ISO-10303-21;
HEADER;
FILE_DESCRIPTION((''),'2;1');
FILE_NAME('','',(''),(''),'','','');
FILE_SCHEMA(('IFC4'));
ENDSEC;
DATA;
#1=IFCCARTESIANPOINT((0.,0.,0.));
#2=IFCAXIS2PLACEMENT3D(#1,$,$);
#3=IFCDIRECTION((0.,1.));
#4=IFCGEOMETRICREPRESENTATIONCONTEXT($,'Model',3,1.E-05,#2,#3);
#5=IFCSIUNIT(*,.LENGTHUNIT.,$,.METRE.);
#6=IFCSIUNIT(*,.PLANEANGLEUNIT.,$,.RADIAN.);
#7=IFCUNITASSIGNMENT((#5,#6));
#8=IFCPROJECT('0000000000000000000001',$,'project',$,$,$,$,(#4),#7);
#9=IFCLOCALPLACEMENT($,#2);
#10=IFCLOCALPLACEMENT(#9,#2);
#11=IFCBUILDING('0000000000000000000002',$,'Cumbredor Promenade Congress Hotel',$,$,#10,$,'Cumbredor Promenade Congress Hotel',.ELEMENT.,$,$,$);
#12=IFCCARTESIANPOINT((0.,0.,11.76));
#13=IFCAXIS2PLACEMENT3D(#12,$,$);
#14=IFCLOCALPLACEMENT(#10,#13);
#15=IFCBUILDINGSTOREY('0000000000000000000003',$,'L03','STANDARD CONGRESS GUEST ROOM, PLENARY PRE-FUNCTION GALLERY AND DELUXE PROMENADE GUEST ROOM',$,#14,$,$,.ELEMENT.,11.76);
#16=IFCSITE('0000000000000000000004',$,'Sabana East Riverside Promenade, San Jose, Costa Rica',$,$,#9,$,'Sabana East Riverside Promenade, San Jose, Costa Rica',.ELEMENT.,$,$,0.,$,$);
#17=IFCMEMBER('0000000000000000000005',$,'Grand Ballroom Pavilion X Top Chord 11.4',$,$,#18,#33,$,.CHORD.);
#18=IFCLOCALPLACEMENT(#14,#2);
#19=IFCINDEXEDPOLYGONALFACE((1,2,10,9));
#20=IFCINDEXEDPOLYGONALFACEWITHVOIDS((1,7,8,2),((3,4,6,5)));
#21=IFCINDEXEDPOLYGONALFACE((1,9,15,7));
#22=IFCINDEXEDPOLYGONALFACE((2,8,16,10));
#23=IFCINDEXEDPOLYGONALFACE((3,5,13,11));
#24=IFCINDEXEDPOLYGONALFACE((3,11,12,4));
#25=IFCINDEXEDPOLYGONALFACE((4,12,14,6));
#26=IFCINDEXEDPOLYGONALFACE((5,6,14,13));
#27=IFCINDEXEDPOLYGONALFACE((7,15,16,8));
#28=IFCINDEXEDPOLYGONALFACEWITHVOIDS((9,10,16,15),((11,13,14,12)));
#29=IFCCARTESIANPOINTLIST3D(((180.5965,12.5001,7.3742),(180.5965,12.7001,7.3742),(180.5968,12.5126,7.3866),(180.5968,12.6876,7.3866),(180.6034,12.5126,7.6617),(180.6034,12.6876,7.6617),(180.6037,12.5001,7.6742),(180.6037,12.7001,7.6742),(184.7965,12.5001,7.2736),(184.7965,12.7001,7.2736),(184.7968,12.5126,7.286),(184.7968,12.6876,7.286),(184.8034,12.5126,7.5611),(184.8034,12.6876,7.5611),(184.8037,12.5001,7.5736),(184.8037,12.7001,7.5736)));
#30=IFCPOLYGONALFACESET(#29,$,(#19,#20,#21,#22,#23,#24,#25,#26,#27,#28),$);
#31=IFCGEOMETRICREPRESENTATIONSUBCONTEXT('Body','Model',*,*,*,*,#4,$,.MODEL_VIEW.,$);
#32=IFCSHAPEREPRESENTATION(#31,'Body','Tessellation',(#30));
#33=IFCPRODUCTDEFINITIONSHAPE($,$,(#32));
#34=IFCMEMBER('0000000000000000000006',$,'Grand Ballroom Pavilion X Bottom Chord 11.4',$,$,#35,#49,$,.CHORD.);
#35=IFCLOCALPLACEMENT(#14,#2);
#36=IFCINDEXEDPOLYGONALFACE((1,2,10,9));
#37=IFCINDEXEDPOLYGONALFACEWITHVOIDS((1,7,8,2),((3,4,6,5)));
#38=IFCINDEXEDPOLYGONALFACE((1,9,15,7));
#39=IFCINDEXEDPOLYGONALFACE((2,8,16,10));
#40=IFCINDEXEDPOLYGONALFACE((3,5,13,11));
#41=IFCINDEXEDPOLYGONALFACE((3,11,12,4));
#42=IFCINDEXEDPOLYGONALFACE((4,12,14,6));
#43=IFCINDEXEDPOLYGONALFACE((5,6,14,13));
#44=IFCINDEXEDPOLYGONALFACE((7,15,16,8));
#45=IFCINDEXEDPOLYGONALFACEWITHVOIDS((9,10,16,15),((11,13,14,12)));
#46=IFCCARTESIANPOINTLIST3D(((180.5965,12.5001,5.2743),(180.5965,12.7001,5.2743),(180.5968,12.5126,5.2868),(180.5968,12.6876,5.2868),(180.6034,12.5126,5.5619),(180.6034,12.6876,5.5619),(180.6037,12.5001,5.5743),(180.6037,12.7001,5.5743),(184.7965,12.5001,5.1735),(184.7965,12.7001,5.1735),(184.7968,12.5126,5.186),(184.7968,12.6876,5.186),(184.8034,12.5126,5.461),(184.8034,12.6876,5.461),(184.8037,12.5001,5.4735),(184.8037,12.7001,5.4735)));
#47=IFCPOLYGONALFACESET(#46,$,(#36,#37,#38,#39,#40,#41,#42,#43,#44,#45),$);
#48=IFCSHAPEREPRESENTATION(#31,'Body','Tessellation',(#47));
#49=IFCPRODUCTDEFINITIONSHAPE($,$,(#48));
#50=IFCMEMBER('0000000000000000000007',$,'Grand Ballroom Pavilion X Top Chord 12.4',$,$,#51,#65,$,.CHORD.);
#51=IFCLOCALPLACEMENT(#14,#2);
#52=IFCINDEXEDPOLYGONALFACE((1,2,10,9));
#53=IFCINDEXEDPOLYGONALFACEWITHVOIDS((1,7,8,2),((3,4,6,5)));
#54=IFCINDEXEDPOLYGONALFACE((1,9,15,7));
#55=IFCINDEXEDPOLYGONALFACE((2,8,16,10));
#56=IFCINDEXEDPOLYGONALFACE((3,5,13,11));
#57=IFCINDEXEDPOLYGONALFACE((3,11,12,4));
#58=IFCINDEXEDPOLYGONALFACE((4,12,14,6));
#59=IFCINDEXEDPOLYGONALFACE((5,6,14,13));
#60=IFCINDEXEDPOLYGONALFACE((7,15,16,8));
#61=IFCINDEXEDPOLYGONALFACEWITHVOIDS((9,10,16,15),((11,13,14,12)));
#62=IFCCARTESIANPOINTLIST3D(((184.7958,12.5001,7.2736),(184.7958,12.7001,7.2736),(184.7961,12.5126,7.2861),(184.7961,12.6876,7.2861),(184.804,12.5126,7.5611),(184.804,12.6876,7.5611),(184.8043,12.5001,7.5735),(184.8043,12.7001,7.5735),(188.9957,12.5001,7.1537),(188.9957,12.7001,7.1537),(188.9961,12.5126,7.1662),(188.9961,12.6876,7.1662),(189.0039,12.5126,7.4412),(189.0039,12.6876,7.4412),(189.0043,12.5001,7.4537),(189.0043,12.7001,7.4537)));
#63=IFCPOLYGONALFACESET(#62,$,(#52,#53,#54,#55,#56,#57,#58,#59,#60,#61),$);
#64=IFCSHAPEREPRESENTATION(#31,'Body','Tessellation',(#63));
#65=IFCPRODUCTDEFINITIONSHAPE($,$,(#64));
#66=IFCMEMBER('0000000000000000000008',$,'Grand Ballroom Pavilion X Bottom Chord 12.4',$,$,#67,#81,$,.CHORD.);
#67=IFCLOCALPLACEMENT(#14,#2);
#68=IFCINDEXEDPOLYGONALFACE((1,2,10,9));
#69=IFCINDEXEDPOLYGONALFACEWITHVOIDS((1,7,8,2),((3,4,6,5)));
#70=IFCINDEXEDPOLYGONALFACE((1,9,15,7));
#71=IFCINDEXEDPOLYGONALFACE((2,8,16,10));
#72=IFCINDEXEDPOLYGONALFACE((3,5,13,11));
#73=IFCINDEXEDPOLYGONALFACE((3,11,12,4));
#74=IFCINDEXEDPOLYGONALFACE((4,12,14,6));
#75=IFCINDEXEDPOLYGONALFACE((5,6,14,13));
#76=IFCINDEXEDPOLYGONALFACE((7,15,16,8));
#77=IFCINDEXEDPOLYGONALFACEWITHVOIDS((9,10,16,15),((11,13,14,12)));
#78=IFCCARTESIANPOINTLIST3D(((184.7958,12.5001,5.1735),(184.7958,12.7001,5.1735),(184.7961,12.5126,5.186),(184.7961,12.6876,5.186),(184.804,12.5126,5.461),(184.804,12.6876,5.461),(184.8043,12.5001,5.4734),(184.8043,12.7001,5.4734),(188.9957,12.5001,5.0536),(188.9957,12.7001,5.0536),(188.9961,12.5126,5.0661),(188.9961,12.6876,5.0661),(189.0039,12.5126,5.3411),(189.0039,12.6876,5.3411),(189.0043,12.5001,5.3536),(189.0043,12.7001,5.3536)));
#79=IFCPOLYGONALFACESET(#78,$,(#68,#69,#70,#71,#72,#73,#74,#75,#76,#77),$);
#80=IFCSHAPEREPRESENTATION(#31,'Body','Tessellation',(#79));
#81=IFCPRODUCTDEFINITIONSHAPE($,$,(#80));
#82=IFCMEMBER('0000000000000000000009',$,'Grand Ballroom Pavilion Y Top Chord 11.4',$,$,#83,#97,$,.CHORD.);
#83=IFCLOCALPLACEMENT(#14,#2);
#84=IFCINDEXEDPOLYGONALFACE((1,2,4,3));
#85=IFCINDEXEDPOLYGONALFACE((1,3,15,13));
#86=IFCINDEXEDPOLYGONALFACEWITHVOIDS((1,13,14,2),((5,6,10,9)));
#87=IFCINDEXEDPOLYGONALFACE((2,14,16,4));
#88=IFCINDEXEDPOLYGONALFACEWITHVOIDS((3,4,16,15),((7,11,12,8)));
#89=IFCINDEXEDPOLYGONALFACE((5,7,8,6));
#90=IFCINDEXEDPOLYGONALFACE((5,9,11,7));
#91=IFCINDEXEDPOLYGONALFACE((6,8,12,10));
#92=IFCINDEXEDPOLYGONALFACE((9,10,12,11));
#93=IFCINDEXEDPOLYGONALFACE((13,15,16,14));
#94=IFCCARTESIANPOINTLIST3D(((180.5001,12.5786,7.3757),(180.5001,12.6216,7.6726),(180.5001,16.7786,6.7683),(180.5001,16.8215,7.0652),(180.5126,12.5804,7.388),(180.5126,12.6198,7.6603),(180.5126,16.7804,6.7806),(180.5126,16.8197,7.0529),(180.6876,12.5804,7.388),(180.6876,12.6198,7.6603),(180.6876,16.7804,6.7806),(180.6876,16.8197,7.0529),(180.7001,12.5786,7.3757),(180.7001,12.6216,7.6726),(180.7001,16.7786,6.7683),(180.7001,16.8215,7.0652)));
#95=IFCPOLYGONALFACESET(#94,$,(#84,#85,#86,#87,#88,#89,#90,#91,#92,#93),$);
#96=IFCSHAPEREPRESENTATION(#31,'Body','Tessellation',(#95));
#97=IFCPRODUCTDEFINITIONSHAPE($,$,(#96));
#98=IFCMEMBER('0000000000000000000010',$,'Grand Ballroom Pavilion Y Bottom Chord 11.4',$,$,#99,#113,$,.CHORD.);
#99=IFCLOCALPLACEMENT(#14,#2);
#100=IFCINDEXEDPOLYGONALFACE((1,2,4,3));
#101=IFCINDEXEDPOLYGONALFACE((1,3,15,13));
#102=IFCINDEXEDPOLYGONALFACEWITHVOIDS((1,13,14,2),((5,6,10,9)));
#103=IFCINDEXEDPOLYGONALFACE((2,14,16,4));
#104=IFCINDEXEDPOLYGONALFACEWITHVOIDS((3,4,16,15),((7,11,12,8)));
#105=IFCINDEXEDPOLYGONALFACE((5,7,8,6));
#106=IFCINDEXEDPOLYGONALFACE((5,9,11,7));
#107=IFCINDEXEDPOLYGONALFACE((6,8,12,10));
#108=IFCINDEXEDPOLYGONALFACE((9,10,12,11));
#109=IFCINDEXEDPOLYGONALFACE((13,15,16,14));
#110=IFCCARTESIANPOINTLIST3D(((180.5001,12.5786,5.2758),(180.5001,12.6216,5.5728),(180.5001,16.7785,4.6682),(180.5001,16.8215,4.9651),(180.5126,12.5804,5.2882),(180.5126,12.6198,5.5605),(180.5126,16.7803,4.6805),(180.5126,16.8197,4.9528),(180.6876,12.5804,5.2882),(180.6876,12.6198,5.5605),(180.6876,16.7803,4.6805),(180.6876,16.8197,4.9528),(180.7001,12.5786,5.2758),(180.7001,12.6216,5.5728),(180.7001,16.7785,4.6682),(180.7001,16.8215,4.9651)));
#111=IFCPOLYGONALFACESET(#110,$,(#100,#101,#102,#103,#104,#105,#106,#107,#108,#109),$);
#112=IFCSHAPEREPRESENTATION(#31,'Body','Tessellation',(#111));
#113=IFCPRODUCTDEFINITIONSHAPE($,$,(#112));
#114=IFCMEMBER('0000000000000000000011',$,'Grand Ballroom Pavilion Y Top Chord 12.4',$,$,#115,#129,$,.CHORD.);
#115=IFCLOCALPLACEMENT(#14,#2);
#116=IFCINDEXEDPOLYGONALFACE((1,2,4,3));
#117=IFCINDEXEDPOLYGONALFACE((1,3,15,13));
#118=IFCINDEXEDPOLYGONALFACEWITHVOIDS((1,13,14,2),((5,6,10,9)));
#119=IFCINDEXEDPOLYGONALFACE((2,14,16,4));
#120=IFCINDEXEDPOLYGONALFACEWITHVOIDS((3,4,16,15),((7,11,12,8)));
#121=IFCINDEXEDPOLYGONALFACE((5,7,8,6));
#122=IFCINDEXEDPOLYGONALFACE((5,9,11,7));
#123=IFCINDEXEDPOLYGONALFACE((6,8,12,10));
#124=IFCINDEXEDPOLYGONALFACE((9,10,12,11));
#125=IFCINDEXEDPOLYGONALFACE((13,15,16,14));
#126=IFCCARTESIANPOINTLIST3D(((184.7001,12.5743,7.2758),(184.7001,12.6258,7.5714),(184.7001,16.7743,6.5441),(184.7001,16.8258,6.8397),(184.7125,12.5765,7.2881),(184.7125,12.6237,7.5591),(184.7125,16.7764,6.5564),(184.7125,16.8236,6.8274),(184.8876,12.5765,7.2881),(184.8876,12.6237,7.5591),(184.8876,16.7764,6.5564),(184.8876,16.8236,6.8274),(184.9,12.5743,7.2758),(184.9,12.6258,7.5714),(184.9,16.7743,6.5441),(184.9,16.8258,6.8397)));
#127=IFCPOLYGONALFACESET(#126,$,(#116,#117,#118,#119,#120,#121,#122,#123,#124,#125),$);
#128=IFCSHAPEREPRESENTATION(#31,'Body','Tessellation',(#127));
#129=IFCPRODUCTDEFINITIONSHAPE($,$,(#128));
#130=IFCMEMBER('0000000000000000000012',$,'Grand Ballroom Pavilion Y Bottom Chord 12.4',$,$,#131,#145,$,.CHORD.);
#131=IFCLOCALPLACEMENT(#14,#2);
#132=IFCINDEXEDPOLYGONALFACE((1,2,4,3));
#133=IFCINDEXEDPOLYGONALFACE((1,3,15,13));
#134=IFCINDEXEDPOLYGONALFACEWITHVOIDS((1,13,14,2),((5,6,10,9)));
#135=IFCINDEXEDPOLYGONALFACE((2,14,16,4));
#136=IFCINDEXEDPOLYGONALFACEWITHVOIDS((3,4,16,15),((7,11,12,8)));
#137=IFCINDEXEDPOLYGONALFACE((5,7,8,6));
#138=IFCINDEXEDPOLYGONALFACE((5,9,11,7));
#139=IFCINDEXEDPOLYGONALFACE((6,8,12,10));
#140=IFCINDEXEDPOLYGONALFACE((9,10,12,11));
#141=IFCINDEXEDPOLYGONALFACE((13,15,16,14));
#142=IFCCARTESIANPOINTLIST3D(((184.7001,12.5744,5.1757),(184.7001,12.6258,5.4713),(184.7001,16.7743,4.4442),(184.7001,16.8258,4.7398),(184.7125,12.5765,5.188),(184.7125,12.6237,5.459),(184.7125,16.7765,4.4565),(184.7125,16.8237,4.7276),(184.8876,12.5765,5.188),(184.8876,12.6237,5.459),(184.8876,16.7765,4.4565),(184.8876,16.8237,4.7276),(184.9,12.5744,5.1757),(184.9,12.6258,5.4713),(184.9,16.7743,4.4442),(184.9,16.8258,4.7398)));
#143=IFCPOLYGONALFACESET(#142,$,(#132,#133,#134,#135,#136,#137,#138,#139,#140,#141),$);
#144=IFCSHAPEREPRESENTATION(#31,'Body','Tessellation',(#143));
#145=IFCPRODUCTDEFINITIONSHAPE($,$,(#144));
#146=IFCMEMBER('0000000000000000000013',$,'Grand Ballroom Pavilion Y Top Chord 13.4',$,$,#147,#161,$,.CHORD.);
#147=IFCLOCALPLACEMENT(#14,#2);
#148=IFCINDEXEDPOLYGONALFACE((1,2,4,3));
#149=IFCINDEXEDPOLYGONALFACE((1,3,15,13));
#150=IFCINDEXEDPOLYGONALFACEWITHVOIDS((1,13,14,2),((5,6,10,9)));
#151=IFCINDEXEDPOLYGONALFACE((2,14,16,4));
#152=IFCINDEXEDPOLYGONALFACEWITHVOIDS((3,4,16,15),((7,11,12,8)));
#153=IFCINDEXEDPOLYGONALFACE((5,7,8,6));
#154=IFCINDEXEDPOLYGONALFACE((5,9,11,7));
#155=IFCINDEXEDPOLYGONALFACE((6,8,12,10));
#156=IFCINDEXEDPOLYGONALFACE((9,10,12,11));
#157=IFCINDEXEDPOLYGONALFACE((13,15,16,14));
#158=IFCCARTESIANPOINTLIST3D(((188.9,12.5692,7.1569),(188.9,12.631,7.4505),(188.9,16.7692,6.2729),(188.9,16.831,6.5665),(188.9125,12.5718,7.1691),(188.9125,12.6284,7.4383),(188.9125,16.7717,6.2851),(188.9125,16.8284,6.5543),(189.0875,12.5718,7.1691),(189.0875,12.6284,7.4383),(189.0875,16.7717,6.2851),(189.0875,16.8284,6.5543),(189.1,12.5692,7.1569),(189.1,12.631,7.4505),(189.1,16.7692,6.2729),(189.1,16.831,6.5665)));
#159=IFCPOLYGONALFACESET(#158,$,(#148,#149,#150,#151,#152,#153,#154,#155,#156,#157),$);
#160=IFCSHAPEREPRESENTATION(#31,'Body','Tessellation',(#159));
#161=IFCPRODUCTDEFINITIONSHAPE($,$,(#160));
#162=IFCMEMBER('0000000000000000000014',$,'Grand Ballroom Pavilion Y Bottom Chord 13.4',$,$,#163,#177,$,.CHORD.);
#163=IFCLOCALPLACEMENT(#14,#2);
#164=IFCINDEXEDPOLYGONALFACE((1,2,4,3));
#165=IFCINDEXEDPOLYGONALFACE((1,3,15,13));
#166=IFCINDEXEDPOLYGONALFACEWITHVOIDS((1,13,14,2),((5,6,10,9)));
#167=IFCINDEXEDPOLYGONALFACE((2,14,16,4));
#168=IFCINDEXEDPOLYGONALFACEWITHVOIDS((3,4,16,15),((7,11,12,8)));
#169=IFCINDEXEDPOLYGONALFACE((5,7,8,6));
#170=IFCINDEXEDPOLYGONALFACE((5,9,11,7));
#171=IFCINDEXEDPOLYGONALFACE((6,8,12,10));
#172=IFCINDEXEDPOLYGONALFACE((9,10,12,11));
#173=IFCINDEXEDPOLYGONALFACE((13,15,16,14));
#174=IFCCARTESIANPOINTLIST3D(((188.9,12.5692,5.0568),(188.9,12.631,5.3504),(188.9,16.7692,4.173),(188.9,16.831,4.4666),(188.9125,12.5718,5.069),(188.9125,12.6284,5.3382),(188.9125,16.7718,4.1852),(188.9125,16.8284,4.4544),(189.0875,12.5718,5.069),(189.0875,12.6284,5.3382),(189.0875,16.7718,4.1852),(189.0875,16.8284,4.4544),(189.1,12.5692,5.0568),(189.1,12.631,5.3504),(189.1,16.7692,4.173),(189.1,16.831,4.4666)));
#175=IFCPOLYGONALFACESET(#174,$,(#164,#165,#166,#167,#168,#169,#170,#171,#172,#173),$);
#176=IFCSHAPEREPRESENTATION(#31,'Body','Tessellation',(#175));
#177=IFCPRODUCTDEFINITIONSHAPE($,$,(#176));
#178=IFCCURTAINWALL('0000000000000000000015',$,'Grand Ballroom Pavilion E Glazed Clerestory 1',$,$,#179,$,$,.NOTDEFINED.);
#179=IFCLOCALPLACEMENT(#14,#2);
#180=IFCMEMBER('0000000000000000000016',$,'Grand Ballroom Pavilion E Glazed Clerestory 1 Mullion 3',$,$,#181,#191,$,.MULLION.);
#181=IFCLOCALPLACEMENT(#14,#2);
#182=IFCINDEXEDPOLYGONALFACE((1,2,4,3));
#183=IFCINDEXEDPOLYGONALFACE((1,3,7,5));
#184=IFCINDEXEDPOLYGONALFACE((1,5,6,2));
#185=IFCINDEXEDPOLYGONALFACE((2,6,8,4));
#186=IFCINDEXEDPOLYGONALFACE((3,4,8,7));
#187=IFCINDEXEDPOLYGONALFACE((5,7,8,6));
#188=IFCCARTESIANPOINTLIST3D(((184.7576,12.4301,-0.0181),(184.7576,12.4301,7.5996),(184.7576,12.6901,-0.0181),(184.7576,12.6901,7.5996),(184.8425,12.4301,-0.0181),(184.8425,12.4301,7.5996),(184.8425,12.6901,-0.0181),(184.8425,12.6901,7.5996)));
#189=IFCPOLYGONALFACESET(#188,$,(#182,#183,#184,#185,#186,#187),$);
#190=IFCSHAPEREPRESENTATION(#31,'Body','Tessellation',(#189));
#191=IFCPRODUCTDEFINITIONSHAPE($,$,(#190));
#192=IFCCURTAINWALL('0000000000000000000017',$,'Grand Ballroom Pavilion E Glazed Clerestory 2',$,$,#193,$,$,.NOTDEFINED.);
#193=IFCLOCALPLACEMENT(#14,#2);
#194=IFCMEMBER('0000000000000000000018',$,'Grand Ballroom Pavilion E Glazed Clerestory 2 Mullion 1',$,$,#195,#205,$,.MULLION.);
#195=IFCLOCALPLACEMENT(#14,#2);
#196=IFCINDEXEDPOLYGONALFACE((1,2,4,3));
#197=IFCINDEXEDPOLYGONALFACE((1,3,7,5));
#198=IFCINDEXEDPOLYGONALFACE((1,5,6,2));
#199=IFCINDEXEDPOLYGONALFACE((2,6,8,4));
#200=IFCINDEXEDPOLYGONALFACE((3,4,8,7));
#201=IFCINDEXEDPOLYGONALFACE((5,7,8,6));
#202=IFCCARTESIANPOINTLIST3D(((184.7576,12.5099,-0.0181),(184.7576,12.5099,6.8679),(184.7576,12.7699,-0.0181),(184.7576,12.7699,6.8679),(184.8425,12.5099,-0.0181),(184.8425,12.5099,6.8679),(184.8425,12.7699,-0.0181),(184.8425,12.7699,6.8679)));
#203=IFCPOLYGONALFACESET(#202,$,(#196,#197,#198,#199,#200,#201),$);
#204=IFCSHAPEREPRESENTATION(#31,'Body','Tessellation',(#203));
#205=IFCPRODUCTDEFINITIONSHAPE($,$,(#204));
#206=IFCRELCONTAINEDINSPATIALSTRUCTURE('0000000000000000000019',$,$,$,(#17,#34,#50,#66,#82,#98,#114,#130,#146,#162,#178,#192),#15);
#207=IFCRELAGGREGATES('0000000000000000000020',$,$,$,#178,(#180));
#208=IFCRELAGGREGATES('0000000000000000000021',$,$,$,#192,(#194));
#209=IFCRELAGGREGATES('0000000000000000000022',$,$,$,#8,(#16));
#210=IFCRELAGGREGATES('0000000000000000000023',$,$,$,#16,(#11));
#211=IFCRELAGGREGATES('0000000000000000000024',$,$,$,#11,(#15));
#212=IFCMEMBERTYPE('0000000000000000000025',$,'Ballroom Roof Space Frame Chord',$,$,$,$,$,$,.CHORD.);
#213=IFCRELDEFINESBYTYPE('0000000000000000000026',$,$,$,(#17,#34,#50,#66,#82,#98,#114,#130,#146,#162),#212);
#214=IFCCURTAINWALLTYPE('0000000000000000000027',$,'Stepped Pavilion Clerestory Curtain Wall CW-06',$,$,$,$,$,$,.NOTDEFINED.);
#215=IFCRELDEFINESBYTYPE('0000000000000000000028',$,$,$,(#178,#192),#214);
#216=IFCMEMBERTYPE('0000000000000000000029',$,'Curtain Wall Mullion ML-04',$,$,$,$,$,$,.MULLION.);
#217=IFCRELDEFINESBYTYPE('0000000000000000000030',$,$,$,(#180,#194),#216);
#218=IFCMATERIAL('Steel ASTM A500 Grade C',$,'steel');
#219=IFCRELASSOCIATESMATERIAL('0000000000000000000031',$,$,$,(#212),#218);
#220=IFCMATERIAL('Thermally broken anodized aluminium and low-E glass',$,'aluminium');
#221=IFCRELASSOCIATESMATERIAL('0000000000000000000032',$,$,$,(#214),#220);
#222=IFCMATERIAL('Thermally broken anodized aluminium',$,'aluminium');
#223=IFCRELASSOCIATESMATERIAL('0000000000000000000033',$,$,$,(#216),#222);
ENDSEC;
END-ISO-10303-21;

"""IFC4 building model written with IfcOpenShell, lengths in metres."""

from ifc_helpers import new_model, si_unit, direction, frame, origin, origin_2d, place, context, subcontext, project, spatial, rectangle, hollow_rectangle, extrude, material, material_profile, profile_set, type_object, element, aggregate, save


model = new_model("IFC4")

# Units and contexts
model_context = context("Model", 3, precision=1e-05, world=origin(), true_north=direction((0.0, 1.0)))
body_context = subcontext(model_context, "Body", "Model", "MODEL_VIEW")
ifc_project = project(units=[si_unit("LENGTHUNIT", "METRE"), si_unit("PLANEANGLEUNIT", "RADIAN")], contexts=[model_context])

# Site, building, storey
site_placement = place(None, origin())
site = spatial("IfcSite", under=ifc_project, at=site_placement, Name="Sabana East Riverside Promenade, San Jose, Costa Rica", LongName="Sabana East Riverside Promenade, San Jose, Costa Rica", CompositionType="ELEMENT", RefElevation=0.0)
building_placement = place(site_placement, origin())
building = spatial("IfcBuilding", under=site, at=building_placement, Name="Cumbredor Promenade Congress Hotel", LongName="Cumbredor Promenade Congress Hotel", CompositionType="ELEMENT")
storey_placement = place(building_placement, frame((0.0, 0.0, 11.76)))
storey = spatial("IfcBuildingStorey", under=building, at=storey_placement, Name="L03", Description="STANDARD CONGRESS GUEST ROOM, PLENARY PRE-FUNCTION GALLERY AND DELUXE PROMENADE GUEST ROOM", CompositionType="ELEMENT", Elevation=11.76)

# Members
ifc_material_1 = material(Name="Steel ASTM A500 Grade C", Category="steel")
ifc_material_profile_1 = material_profile(ifc_material_1, hollow_rectangle(XDim=0.2, YDim=0.3, WallThickness=0.0125, at=origin_2d()), Name="HSS 300x200x12.5")
ifc_profile_set_1 = profile_set([ifc_material_profile_1], Name="Steel ASTM A500 Grade C")
member_type_1 = type_object("IfcMemberType", Name="Ballroom Roof Space Frame Chord", PredefinedType="CHORD", material=ifc_profile_set_1)
for number, where, z_axis, x_axis, name in (
    (1, (180.6001, 12.6001, 7.5242), (0.999713, 0.0, -0.023942), (0.0, 1.0, 0.0), "Grand Ballroom Pavilion X Top Chord 11.4"),
    (2, (180.6001, 12.6001, 5.4243), (0.999712, 0.0, -0.024001), (0.0, 1.0, 0.0), "Grand Ballroom Pavilion X Bottom Chord 11.4"),
):
    element("IfcMember", number, at=place(storey_placement, frame(where, z_axis=z_axis, x_axis=x_axis)), inside=storey, type_object=member_type_1, Name=name, PredefinedType="CHORD", context=body_context, shape_type="SweptSolid", body=[
        extrude(hollow_rectangle(XDim=0.2, YDim=0.3, WallThickness=0.0125, at=origin_2d()), origin(), (0.0, 0.0, 1.0), 4.2012),
    ])
for number, where, z_axis, x_axis, name in (
    (3, (184.8, 12.6001, 7.4236), (0.999593, 0.0, -0.02853), (0.0, 1.0, 0.0), "Grand Ballroom Pavilion X Top Chord 12.4"),
    (4, (184.8, 12.6001, 5.3235), (0.999593, 0.0, -0.02853), (0.0, 1.0, 0.0), "Grand Ballroom Pavilion X Bottom Chord 12.4"),
):
    element("IfcMember", number, at=place(storey_placement, frame(where, z_axis=z_axis, x_axis=x_axis)), inside=storey, type_object=member_type_1, Name=name, PredefinedType="CHORD", context=body_context, shape_type="SweptSolid", body=[
        extrude(hollow_rectangle(XDim=0.2, YDim=0.3, WallThickness=0.0125, at=origin_2d()), origin(), (0.0, 0.0, 1.0), 4.2017),
    ])
for number, where, z_axis, x_axis, name in (
    (5, (180.6001, 12.6001, 7.5242), (0.0, 0.989703, -0.143137), (-1.0, 0.0, 0.0), "Grand Ballroom Pavilion Y Top Chord 11.4"),
    (6, (180.6001, 12.6001, 5.4243), (0.0, 0.989695, -0.143193), (-1.0, 0.0, 0.0), "Grand Ballroom Pavilion Y Bottom Chord 11.4"),
):
    element("IfcMember", number, at=place(storey_placement, frame(where, z_axis=z_axis, x_axis=x_axis)), inside=storey, type_object=member_type_1, Name=name, PredefinedType="CHORD", context=body_context, shape_type="SweptSolid", body=[
        extrude(hollow_rectangle(XDim=0.2, YDim=0.3, WallThickness=0.0125, at=origin_2d()), origin(), (0.0, 0.0, 1.0), 4.2437),
    ])
for number, where, z_axis, x_axis, name in (
    (7, (184.8, 12.6001, 7.4236), (0.0, 0.985162, -0.171629), (-1.0, 0.0, 0.0), "Grand Ballroom Pavilion Y Top Chord 12.4"),
    (8, (184.8, 12.6001, 5.3235), (0.0, 0.985171, -0.171573), (-1.0, 0.0, 0.0), "Grand Ballroom Pavilion Y Bottom Chord 12.4"),
):
    element("IfcMember", number, at=place(storey_placement, frame(where, z_axis=z_axis, x_axis=x_axis)), inside=storey, type_object=member_type_1, Name=name, PredefinedType="CHORD", context=body_context, shape_type="SweptSolid", body=[
        extrude(hollow_rectangle(XDim=0.2, YDim=0.3, WallThickness=0.0125, at=origin_2d()), origin(), (0.0, 0.0, 1.0), 4.2632),
    ])
for number, where, z_axis, x_axis, name in (
    (9, (189.0, 12.6001, 7.3037), (0.0, 0.978558, -0.205973), (-1.0, 0.0, 0.0), "Grand Ballroom Pavilion Y Top Chord 13.4"),
    (10, (189.0, 12.6001, 5.2036), (0.0, 0.978569, -0.205919), (-1.0, 0.0, 0.0), "Grand Ballroom Pavilion Y Bottom Chord 13.4"),
):
    element("IfcMember", number, at=place(storey_placement, frame(where, z_axis=z_axis, x_axis=x_axis)), inside=storey, type_object=member_type_1, Name=name, PredefinedType="CHORD", context=body_context, shape_type="SweptSolid", body=[
        extrude(hollow_rectangle(XDim=0.2, YDim=0.3, WallThickness=0.0125, at=origin_2d()), origin(), (0.0, 0.0, 1.0), 4.292),
    ])

# Curtain wall, member
ifc_material_2 = material(Name="Thermally broken anodized aluminium and low-E glass", Category="aluminium")
curtain_wall_type = type_object("IfcCurtainWallType", Name="Stepped Pavilion Clerestory Curtain Wall CW-06", PredefinedType="NOTDEFINED", material=ifc_material_2)
curtain_wall_1_placement = place(storey_placement, origin())
curtain_wall_1 = element("IfcCurtainWall", 11, at=curtain_wall_1_placement, inside=storey, type_object=curtain_wall_type, Name="Grand Ballroom Pavilion E Glazed Clerestory 1", PredefinedType="NOTDEFINED")
ifc_material_3 = material(Name="Thermally broken anodized aluminium", Category="aluminium")
ifc_material_profile_2 = material_profile(ifc_material_3, rectangle(XDim=0.085, YDim=0.26, at=origin_2d()), Name="ALU MULLION CLERESTORY 85x260")
ifc_profile_set_2 = profile_set([ifc_material_profile_2], Name="Thermally broken anodized aluminium")
member_type_2 = type_object("IfcMemberType", Name="Curtain Wall Mullion ML-04", PredefinedType="MULLION", material=ifc_profile_set_2)
member_1_placement = place(storey_placement, frame((184.8, 12.5601, -0.0181), z_axis=(0.0, 0.0, 1.0), x_axis=(1.0, 0.0, 0.0)))
member_1 = element("IfcMember", 12, at=member_1_placement, type_object=member_type_2, Name="Grand Ballroom Pavilion E Glazed Clerestory 1 Mullion 3", PredefinedType="MULLION", context=body_context, shape_type="SweptSolid", body=[
    extrude(rectangle(XDim=0.085, YDim=0.26, at=origin_2d()), origin(), (0.0, 0.0, 1.0), 7.6177),
])

# Curtain wall, member
curtain_wall_2_placement = place(storey_placement, origin())
curtain_wall_2 = element("IfcCurtainWall", 13, at=curtain_wall_2_placement, inside=storey, type_object=curtain_wall_type, Name="Grand Ballroom Pavilion E Glazed Clerestory 2", PredefinedType="NOTDEFINED")
member_2_placement = place(storey_placement, frame((184.8, 12.6399, -0.0181), z_axis=(0.0, 0.0, 1.0), x_axis=(1.0, 0.0, 0.0)))
member_2 = element("IfcMember", 14, at=member_2_placement, type_object=member_type_2, Name="Grand Ballroom Pavilion E Glazed Clerestory 2 Mullion 1", PredefinedType="MULLION", context=body_context, shape_type="SweptSolid", body=[
    extrude(rectangle(XDim=0.085, YDim=0.26, at=origin_2d()), origin(), (0.0, 0.0, 1.0), 6.886),
])

aggregate(curtain_wall_1, [member_1])
aggregate(curtain_wall_2, [member_2])

save(model, "model.ifc")
